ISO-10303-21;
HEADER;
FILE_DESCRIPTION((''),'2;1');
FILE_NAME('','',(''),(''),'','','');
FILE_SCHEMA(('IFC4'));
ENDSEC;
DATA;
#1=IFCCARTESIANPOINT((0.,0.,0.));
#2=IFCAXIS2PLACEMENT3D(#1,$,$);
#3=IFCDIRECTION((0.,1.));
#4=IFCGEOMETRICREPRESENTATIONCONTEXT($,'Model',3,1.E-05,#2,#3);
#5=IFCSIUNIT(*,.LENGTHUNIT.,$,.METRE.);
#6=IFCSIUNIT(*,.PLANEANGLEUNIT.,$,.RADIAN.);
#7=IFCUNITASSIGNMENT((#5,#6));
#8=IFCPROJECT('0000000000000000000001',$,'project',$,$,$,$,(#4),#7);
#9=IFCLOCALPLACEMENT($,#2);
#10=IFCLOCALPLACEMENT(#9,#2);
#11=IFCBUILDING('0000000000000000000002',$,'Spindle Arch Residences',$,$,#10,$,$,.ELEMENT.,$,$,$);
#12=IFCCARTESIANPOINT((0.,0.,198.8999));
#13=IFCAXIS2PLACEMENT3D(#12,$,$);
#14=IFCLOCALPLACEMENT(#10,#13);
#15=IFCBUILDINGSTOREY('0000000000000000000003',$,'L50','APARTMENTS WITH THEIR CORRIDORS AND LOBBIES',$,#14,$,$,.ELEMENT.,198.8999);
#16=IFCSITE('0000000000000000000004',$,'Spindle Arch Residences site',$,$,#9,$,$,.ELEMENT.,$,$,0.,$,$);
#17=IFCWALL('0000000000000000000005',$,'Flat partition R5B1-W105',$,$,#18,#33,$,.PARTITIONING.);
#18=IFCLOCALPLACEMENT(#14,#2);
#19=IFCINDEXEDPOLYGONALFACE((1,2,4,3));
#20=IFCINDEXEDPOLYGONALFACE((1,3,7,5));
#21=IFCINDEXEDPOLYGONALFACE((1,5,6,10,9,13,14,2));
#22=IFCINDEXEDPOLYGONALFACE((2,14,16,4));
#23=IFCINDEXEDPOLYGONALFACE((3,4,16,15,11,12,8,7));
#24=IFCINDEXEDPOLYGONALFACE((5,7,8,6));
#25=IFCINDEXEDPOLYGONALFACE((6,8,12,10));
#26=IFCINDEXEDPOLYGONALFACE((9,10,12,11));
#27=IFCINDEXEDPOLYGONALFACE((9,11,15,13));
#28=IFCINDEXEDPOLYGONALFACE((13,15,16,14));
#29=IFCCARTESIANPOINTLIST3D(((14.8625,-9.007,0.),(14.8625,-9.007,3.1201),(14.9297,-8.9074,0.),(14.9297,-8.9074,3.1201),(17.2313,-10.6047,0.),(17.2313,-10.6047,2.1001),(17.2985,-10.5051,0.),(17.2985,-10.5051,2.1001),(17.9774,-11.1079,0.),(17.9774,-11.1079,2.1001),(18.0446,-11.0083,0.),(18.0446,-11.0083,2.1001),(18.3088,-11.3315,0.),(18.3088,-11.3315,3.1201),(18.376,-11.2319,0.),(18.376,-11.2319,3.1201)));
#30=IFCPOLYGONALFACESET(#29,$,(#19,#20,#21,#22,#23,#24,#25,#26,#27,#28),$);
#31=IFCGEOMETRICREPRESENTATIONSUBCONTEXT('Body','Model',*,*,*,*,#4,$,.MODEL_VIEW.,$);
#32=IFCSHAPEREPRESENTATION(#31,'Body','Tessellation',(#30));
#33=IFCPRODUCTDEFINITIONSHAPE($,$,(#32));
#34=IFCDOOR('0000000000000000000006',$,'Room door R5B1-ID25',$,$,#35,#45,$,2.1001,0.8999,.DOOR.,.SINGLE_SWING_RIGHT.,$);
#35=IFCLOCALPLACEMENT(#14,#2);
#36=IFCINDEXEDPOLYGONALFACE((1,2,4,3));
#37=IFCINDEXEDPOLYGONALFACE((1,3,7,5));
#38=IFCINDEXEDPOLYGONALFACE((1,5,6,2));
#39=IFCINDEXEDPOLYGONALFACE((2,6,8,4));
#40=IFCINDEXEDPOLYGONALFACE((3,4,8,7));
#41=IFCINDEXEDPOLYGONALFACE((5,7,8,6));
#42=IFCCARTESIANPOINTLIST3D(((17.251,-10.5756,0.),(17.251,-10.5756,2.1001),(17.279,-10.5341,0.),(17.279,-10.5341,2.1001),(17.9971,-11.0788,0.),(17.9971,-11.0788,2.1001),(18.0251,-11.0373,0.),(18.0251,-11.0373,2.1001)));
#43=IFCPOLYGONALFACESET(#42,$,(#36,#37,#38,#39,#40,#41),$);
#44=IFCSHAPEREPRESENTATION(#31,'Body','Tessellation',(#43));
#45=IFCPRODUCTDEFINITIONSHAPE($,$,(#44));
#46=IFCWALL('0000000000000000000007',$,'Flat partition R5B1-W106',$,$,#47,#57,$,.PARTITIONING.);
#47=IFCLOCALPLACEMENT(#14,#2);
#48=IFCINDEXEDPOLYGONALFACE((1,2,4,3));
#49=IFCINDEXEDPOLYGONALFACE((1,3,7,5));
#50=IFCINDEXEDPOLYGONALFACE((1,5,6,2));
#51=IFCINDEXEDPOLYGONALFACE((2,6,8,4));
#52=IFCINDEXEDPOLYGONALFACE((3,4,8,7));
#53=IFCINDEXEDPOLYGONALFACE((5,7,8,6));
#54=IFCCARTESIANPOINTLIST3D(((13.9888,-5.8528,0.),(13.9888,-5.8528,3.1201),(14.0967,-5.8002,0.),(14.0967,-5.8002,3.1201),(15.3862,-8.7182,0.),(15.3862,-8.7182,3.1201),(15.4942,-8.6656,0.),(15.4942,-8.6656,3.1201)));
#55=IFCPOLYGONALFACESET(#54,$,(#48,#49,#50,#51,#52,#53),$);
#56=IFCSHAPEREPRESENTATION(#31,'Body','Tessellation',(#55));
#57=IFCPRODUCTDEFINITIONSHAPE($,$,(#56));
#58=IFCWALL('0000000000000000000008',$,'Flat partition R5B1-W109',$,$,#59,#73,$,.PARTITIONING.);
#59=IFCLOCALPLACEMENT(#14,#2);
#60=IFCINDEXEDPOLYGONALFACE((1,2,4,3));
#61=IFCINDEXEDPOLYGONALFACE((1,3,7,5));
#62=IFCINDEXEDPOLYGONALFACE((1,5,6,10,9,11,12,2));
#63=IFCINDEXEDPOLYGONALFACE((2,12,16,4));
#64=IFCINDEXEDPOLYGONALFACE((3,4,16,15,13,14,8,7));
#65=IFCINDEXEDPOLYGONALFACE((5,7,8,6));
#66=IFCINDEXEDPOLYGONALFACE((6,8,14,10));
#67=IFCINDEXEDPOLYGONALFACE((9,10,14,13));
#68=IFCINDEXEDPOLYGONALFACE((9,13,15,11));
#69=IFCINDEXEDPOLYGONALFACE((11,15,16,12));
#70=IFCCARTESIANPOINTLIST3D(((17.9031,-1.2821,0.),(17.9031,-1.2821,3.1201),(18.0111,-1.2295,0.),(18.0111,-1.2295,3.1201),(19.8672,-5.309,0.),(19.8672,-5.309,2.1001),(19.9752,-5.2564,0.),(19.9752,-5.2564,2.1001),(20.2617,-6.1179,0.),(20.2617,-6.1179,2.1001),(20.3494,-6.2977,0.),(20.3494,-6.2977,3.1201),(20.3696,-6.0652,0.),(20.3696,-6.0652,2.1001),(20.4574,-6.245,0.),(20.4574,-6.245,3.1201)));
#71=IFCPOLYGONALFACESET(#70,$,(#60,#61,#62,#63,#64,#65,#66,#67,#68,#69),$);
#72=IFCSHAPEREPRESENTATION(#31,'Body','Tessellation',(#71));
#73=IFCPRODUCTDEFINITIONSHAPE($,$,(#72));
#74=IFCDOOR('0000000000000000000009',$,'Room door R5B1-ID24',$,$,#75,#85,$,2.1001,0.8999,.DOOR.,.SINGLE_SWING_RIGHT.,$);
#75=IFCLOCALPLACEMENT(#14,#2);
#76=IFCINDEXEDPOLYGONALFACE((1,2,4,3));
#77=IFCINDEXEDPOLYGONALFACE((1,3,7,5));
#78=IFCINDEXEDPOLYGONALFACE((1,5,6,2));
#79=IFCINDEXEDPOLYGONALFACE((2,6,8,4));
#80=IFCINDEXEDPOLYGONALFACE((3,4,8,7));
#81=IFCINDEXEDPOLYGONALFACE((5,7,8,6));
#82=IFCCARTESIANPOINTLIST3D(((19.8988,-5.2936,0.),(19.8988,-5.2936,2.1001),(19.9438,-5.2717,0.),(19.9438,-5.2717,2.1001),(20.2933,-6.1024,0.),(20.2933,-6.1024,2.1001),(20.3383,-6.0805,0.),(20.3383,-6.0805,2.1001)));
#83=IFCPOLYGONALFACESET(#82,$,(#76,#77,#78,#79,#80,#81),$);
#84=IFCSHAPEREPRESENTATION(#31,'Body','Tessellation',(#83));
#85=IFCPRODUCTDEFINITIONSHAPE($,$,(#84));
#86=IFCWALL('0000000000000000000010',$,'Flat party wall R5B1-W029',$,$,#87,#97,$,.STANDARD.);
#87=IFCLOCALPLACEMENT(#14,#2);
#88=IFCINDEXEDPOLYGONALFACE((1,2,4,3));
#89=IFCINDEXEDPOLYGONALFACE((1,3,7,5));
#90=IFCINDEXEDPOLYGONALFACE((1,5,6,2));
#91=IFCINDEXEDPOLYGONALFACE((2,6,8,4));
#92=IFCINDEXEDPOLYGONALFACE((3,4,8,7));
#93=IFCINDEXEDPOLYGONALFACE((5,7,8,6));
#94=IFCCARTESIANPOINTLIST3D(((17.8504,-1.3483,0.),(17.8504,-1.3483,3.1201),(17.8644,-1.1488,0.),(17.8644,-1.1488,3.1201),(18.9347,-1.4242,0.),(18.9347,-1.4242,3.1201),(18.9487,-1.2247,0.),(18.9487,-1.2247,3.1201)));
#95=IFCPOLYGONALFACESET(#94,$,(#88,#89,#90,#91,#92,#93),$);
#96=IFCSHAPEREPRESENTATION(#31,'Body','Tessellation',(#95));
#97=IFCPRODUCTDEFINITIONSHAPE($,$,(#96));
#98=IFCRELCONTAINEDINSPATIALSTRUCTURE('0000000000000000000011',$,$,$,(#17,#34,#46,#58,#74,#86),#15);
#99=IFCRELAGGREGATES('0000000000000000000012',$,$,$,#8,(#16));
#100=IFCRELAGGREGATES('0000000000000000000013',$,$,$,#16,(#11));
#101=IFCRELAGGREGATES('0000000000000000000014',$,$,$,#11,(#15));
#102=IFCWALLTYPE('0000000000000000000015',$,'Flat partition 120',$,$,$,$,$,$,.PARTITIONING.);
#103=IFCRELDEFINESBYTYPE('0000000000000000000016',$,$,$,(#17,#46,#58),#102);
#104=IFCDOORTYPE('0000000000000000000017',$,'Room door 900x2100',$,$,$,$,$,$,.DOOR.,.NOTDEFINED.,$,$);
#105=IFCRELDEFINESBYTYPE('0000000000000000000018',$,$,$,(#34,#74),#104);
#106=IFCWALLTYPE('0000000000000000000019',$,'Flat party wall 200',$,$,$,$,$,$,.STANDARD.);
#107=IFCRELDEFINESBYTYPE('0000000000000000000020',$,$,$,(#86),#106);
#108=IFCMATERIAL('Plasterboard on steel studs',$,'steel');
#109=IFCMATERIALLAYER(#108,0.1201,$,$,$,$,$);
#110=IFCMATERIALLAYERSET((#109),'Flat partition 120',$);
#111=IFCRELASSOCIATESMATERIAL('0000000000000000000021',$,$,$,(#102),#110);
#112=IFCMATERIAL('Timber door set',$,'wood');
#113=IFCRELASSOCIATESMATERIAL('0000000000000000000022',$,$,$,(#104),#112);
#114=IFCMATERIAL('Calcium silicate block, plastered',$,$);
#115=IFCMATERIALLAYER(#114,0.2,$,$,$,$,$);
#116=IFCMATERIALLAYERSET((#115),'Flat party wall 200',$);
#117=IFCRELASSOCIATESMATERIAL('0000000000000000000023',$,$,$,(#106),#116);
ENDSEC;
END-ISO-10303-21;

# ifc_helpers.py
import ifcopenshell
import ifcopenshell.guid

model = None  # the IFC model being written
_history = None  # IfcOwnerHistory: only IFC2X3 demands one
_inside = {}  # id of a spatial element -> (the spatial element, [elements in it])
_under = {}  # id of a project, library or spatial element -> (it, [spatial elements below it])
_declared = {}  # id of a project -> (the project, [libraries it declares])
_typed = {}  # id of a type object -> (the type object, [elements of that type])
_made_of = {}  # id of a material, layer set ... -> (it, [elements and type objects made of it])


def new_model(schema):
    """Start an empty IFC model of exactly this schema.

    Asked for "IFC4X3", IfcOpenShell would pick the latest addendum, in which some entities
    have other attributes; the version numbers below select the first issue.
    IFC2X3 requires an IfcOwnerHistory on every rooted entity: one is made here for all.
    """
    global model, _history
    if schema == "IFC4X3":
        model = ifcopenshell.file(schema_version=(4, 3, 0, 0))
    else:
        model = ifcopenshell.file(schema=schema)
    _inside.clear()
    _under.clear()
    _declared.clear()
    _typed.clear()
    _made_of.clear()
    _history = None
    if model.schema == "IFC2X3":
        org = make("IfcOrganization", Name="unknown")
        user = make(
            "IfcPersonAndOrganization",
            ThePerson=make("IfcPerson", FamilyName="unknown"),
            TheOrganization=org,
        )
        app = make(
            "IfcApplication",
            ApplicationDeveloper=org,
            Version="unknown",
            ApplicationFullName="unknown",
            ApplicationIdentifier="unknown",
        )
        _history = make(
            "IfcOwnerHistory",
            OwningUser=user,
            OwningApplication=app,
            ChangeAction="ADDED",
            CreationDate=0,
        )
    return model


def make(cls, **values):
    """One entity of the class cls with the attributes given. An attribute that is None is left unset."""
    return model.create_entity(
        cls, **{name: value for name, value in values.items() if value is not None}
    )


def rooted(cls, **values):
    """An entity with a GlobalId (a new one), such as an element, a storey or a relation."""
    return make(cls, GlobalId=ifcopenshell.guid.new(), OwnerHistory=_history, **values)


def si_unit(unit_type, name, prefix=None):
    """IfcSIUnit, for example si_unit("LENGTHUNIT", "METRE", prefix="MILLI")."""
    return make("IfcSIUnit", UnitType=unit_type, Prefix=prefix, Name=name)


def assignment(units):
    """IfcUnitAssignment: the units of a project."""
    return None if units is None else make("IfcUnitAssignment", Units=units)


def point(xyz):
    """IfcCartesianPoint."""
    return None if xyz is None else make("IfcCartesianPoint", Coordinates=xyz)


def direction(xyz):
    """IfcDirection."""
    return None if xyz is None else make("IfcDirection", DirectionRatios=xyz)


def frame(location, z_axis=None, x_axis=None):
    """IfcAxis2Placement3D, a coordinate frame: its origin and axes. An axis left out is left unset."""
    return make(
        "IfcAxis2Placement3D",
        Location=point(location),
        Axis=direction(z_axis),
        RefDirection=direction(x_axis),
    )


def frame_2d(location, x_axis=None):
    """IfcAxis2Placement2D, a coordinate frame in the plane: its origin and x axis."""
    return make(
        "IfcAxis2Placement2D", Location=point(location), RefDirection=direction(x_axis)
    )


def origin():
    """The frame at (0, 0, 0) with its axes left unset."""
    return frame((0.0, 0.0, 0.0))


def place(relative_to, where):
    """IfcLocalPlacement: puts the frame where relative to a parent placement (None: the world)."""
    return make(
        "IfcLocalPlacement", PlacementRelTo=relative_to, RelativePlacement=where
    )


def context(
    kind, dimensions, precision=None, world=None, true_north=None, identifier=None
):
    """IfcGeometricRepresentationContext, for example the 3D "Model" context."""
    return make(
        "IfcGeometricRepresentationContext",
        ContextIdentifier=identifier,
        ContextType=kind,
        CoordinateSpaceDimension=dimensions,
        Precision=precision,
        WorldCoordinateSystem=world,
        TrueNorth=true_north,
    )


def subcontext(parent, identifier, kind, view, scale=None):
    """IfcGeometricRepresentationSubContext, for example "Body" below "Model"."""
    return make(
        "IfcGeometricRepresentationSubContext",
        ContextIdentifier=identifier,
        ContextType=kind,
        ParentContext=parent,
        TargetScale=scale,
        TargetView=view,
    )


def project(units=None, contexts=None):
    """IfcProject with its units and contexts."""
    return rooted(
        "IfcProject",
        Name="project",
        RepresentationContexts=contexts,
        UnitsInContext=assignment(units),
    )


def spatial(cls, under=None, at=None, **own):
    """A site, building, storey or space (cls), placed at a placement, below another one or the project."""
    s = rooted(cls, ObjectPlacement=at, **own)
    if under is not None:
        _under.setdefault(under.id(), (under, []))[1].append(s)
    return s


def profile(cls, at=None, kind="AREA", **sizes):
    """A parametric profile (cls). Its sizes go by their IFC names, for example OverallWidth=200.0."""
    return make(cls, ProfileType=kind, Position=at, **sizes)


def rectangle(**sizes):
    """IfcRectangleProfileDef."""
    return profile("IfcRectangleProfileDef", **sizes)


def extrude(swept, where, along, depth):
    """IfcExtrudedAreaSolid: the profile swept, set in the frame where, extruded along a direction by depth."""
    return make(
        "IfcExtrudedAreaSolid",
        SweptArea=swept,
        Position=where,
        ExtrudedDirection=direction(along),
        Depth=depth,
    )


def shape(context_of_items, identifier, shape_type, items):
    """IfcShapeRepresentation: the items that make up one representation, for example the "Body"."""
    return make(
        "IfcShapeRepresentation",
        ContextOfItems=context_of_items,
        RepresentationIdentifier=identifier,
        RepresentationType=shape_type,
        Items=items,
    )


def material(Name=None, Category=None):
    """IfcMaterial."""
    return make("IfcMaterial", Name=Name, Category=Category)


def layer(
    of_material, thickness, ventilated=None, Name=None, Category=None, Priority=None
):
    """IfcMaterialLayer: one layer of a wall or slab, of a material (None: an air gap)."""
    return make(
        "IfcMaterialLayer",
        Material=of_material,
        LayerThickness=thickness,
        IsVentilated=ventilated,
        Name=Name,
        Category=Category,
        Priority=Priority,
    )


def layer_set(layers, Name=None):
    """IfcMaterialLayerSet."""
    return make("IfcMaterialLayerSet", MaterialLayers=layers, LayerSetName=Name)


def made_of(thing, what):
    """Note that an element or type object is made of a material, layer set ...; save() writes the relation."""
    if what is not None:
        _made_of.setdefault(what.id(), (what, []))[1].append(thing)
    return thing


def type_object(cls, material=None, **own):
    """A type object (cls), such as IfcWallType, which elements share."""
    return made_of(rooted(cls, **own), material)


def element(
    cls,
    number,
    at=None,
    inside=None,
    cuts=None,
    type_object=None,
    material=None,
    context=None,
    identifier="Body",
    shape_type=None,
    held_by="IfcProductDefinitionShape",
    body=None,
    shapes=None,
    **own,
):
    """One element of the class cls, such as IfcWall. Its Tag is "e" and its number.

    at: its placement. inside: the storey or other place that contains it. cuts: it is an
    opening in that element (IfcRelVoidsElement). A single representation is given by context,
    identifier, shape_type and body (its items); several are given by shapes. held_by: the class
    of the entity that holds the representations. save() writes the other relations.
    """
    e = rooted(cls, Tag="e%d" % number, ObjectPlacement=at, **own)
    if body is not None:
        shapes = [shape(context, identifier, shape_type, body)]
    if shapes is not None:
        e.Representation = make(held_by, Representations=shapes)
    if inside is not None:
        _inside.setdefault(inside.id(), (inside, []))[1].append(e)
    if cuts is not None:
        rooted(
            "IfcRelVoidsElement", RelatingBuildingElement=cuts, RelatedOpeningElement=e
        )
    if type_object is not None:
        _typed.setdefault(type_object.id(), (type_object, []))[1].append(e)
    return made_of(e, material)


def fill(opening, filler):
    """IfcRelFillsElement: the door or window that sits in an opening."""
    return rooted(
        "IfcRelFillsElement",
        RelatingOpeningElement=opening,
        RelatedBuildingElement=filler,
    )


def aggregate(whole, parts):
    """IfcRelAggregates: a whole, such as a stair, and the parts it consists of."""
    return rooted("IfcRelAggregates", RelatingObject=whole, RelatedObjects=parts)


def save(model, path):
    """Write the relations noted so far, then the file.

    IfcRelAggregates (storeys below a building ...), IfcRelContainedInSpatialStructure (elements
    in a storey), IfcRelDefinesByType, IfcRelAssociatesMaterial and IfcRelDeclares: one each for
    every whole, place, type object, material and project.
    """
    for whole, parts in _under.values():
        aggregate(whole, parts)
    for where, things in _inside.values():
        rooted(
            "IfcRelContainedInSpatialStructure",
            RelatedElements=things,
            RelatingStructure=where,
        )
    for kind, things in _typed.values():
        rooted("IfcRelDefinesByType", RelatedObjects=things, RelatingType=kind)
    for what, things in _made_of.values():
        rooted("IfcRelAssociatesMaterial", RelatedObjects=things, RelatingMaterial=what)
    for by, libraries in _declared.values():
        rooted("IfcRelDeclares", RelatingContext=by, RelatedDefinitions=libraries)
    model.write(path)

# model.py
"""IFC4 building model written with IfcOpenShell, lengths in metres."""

from ifc_helpers import new_model, si_unit, direction, frame, frame_2d, origin, place, context, subcontext, project, spatial, rectangle, extrude, material, layer, layer_set, type_object, element, fill, save


model = new_model("IFC4")

# Units and contexts
model_context = context("Model", 3, precision=1e-05, world=origin(), true_north=direction((0.0, 1.0)))
body_context = subcontext(model_context, "Body", "Model", "MODEL_VIEW")
ifc_project = project(units=[si_unit("LENGTHUNIT", "METRE"), si_unit("PLANEANGLEUNIT", "RADIAN")], contexts=[model_context])

# Site, building, storey
site_placement = place(None, origin())
site = spatial("IfcSite", under=ifc_project, at=site_placement, Name="Spindle Arch Residences site", CompositionType="ELEMENT", RefElevation=0.0)
building_placement = place(site_placement, origin())
building = spatial("IfcBuilding", under=site, at=building_placement, Name="Spindle Arch Residences", CompositionType="ELEMENT")
storey_placement = place(building_placement, frame((0.0, 0.0, 198.8999)))
storey = spatial("IfcBuildingStorey", under=building, at=storey_placement, Name="L50", Description="APARTMENTS WITH THEIR CORRIDORS AND LOBBIES", CompositionType="ELEMENT", Elevation=198.8999)

# Wall, opening, door
ifc_material_1 = material(Name="Plasterboard on steel studs", Category="steel")
ifc_layer_1 = layer(ifc_material_1, 0.1201)
ifc_layer_set_1 = layer_set([ifc_layer_1], Name="Flat partition 120")
wall_type_1 = type_object("IfcWallType", Name="Flat partition 120", PredefinedType="PARTITIONING", material=ifc_layer_set_1)
ifc_material_2 = material(Name="Timber door set", Category="wood")
door_type_1 = type_object("IfcDoorType", Name="Room door 900x2100", OperationType="NOTDEFINED", PredefinedType="DOOR", material=ifc_material_2)
wall_1_placement = place(storey_placement, frame((18.3425, -11.2817, 0.0), z_axis=(0.0, 0.0, 1.0), x_axis=(-0.829047, 0.559178, 0.0)))
wall_1 = element("IfcWall", 1, at=wall_1_placement, inside=storey, type_object=wall_type_1, Name="Flat partition R5B1-W105", PredefinedType="PARTITIONING", context=body_context, shape_type="SweptSolid", body=[
    extrude(rectangle(XDim=4.157, YDim=0.1201, at=frame_2d((2.0786, 0.0))), origin(), (0.0, 0.0, 1.0), 3.1201),
])
opening_1_placement = place(wall_1_placement, frame((0.3999, 0.0, 0.0)))
opening_1 = element("IfcOpeningElement", 2, at=opening_1_placement, cuts=wall_1, PredefinedType="OPENING", context=body_context, shape_type="SweptSolid", body=[
    extrude(rectangle(XDim=0.8999, YDim=2.1001, at=frame_2d((0.45, 1.05))), frame((0.0, 0.0701, 0.0), z_axis=(0.0, -1.0, 0.0), x_axis=(1.0, 0.0, 0.0)), (0.0, 0.0, 1.0), 0.1401),
])
door_1_placement = place(opening_1_placement, origin())
door_1 = element("IfcDoor", 3, at=door_1_placement, inside=storey, type_object=door_type_1, Name="Room door R5B1-ID25", OperationType="SINGLE_SWING_RIGHT", OverallHeight=2.1001, OverallWidth=0.8999, PredefinedType="DOOR", context=body_context, shape_type="SweptSolid", body=[
    extrude(rectangle(XDim=0.8999, YDim=2.1001, at=frame_2d((0.45, 1.05))), frame((0.0, 0.0249, 0.0), z_axis=(0.0, -1.0, 0.0), x_axis=(1.0, 0.0, 0.0)), (0.0, 0.0, 1.0), 0.05),
])
fill(opening_1, door_1)

# Wall
wall_2_placement = place(storey_placement, frame((15.4402, -8.6919, 0.0), z_axis=(0.0, 0.0, 1.0), x_axis=(-0.438339, 0.89881, 0.0)))
element("IfcWall", 4, at=wall_2_placement, inside=storey, type_object=wall_type_1, Name="Flat partition R5B1-W106", PredefinedType="PARTITIONING", context=body_context, shape_type="SweptSolid", body=[
    extrude(rectangle(XDim=3.188, YDim=0.1201, at=frame_2d((1.594, 0.0))), origin(), (0.0, 0.0, 1.0), 3.1201),
])

# Wall, opening, door
wall_3_placement = place(storey_placement, frame((20.4033, -6.2712, 0.0), z_axis=(0.0, 0.0, 1.0), x_axis=(-0.438372, 0.898794, 0.0)))
wall_3 = element("IfcWall", 5, at=wall_3_placement, inside=storey, type_object=wall_type_1, Name="Flat partition R5B1-W109", PredefinedType="PARTITIONING", context=body_context, shape_type="SweptSolid", body=[
    extrude(rectangle(XDim=5.5803, YDim=0.1201, at=frame_2d((2.79, 0.0))), origin(), (0.0, 0.0, 1.0), 3.1201),
])
opening_2_placement = place(wall_3_placement, frame((0.2, 0.0, 0.0)))
opening_2 = element("IfcOpeningElement", 6, at=opening_2_placement, cuts=wall_3, PredefinedType="OPENING", context=body_context, shape_type="SweptSolid", body=[
    extrude(rectangle(XDim=0.8999, YDim=2.1001, at=frame_2d((0.45, 1.05))), frame((0.0, 0.0701, 0.0), z_axis=(0.0, -1.0, 0.0), x_axis=(1.0, 0.0, 0.0)), (0.0, 0.0, 1.0), 0.1401),
])
door_2_placement = place(opening_2_placement, origin())
door_2 = element("IfcDoor", 7, at=door_2_placement, inside=storey, type_object=door_type_1, Name="Room door R5B1-ID24", OperationType="SINGLE_SWING_RIGHT", OverallHeight=2.1001, OverallWidth=0.8999, PredefinedType="DOOR", context=body_context, shape_type="SweptSolid", body=[
    extrude(rectangle(XDim=0.8999, YDim=2.1001, at=frame_2d((0.45, 1.05))), frame((0.0, 0.0249, 0.0), z_axis=(0.0, -1.0, 0.0), x_axis=(1.0, 0.0, 0.0)), (0.0, 0.0, 1.0), 0.05),
])
fill(opening_2, door_2)

# Wall
ifc_material_3 = material(Name="Calcium silicate block, plastered")
ifc_layer_2 = layer(ifc_material_3, 0.2)
ifc_layer_set_2 = layer_set([ifc_layer_2], Name="Flat party wall 200")
wall_type_2 = type_object("IfcWallType", Name="Flat party wall 200", PredefinedType="STANDARD", material=ifc_layer_set_2)
wall_4_placement = place(storey_placement, frame((17.8574, -1.2485, 0.0), z_axis=(0.0, 0.0, 1.0), x_axis=(0.997557, -0.069858, 0.0)))
element("IfcWall", 8, at=wall_4_placement, inside=storey, type_object=wall_type_2, Name="Flat party wall R5B1-W029", PredefinedType="STANDARD", context=body_context, shape_type="SweptSolid", body=[
    extrude(rectangle(XDim=1.0869, YDim=0.2, at=frame_2d((0.5435, 0.0))), origin(), (0.0, 0.0, 1.0), 3.1201),
])

save(model, "model.ifc")
